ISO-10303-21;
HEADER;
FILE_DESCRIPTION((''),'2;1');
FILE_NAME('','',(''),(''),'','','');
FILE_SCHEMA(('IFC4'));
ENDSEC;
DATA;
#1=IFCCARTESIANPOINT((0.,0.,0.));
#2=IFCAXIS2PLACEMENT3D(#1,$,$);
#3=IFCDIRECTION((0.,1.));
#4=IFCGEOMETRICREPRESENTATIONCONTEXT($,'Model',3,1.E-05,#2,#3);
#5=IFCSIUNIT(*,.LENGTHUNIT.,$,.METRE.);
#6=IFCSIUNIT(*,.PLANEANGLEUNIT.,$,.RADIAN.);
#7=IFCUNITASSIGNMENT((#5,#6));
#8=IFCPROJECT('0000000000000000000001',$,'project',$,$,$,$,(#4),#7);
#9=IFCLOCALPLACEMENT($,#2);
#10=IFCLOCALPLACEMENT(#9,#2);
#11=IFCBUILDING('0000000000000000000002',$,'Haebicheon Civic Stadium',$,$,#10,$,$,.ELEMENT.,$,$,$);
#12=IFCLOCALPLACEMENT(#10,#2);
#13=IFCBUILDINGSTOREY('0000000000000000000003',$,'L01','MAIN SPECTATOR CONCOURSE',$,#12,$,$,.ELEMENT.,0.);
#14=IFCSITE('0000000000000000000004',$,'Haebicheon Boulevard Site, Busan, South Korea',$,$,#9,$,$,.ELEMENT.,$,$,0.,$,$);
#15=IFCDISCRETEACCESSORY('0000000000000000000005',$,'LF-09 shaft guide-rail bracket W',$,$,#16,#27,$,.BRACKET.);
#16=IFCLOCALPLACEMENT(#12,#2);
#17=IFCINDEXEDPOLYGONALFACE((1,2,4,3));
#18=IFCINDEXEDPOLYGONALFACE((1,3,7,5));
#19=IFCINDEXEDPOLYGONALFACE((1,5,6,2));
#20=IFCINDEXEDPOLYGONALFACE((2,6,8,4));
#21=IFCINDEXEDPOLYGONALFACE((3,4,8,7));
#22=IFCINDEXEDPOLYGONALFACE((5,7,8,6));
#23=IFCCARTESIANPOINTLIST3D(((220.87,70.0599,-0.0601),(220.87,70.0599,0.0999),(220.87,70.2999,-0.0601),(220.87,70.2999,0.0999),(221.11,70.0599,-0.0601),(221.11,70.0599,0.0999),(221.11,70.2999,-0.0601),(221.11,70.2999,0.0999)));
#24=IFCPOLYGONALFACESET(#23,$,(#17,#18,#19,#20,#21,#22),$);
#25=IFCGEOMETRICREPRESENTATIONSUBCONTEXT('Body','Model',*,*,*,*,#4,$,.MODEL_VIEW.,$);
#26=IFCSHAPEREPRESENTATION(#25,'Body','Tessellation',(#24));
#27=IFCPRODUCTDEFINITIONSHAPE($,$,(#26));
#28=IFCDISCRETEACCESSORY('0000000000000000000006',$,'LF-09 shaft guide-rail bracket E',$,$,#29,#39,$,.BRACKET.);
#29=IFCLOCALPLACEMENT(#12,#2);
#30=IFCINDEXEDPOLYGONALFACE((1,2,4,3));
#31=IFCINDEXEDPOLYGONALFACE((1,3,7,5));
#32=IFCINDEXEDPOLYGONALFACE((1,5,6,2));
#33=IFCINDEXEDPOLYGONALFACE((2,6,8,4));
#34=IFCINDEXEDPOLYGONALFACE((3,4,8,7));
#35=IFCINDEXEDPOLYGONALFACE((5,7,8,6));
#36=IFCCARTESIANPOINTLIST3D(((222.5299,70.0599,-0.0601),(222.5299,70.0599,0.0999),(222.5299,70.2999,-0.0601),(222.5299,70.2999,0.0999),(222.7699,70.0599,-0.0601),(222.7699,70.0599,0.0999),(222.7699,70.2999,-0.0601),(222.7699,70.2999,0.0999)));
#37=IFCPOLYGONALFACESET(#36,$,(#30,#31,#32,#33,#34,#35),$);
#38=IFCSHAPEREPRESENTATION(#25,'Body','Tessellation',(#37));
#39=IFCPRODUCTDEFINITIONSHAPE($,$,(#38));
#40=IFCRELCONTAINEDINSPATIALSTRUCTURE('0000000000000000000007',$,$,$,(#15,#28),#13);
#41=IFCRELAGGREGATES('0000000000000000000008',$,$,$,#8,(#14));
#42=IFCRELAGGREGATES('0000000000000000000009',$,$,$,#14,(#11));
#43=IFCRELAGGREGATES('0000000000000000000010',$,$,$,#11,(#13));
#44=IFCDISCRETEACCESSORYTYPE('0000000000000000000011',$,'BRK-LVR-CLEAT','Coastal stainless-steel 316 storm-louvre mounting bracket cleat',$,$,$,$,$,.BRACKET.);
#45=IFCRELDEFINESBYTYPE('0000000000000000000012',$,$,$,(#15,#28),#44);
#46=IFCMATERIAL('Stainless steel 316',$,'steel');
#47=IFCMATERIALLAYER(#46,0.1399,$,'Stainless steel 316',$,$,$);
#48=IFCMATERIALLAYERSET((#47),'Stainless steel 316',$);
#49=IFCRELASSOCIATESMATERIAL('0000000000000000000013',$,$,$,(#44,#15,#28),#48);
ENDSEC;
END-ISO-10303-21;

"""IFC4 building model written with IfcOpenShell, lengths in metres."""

from ifc_helpers import new_model, si_unit, direction, frame, origin, origin_2d, place, context, subcontext, project, spatial, rectangle, extrude, material, layer, layer_set, type_object, element, save


model = new_model("IFC4")

# Units and contexts
model_context = context("Model", 3, precision=1e-05, world=origin(), true_north=direction((0.0, 1.0)))
body_context = subcontext(model_context, "Body", "Model", "MODEL_VIEW")
ifc_project = project(units=[si_unit("LENGTHUNIT", "METRE"), si_unit("PLANEANGLEUNIT", "RADIAN")], contexts=[model_context])

# Site, building, storey
site_placement = place(None, origin())
site = spatial("IfcSite", under=ifc_project, at=site_placement, Name="Haebicheon Boulevard Site, Busan, South Korea", CompositionType="ELEMENT", RefElevation=0.0)
building_placement = place(site_placement, origin())
building = spatial("IfcBuilding", under=site, at=building_placement, Name="Haebicheon Civic Stadium", CompositionType="ELEMENT")
storey_placement = place(building_placement, origin())
storey = spatial("IfcBuildingStorey", under=building, at=storey_placement, Name="L01", Description="MAIN SPECTATOR CONCOURSE", CompositionType="ELEMENT", Elevation=0.0)

# Discrete accessories
ifc_material_1 = material(Name="Stainless steel 316", Category="steel")
ifc_layer_1 = layer(ifc_material_1, 0.1399, Name="Stainless steel 316")
ifc_layer_set_1 = layer_set([ifc_layer_1], Name="Stainless steel 316")
discrete_accessory_type = type_object("IfcDiscreteAccessoryType", Name="BRK-LVR-CLEAT", Description="Coastal stainless-steel 316 storm-louvre mounting bracket cleat", PredefinedType="BRACKET", material=ifc_layer_set_1)
for number, where, z_axis, x_axis, name in (
    (1, (220.99, 70.1799, -0.0601), (0.0, 0.0, 1.0), (1.0, 0.0, 0.0), "LF-09 shaft guide-rail bracket W"),
    (2, (222.6499, 70.1799, -0.0601), (0.0, 0.0, 1.0), (1.0, 0.0, 0.0), "LF-09 shaft guide-rail bracket E"),
):
    element("IfcDiscreteAccessory", number, at=place(storey_placement, frame(where, z_axis=z_axis, x_axis=x_axis)), inside=storey, type_object=discrete_accessory_type, material=ifc_layer_set_1, Name=name, PredefinedType="BRACKET", context=body_context, shape_type="SweptSolid", body=[
        extrude(rectangle(XDim=0.24, YDim=0.24, at=origin_2d()), origin(), (0.0, 0.0, 1.0), 0.1599),
    ])

save(model, "model.ifc")
